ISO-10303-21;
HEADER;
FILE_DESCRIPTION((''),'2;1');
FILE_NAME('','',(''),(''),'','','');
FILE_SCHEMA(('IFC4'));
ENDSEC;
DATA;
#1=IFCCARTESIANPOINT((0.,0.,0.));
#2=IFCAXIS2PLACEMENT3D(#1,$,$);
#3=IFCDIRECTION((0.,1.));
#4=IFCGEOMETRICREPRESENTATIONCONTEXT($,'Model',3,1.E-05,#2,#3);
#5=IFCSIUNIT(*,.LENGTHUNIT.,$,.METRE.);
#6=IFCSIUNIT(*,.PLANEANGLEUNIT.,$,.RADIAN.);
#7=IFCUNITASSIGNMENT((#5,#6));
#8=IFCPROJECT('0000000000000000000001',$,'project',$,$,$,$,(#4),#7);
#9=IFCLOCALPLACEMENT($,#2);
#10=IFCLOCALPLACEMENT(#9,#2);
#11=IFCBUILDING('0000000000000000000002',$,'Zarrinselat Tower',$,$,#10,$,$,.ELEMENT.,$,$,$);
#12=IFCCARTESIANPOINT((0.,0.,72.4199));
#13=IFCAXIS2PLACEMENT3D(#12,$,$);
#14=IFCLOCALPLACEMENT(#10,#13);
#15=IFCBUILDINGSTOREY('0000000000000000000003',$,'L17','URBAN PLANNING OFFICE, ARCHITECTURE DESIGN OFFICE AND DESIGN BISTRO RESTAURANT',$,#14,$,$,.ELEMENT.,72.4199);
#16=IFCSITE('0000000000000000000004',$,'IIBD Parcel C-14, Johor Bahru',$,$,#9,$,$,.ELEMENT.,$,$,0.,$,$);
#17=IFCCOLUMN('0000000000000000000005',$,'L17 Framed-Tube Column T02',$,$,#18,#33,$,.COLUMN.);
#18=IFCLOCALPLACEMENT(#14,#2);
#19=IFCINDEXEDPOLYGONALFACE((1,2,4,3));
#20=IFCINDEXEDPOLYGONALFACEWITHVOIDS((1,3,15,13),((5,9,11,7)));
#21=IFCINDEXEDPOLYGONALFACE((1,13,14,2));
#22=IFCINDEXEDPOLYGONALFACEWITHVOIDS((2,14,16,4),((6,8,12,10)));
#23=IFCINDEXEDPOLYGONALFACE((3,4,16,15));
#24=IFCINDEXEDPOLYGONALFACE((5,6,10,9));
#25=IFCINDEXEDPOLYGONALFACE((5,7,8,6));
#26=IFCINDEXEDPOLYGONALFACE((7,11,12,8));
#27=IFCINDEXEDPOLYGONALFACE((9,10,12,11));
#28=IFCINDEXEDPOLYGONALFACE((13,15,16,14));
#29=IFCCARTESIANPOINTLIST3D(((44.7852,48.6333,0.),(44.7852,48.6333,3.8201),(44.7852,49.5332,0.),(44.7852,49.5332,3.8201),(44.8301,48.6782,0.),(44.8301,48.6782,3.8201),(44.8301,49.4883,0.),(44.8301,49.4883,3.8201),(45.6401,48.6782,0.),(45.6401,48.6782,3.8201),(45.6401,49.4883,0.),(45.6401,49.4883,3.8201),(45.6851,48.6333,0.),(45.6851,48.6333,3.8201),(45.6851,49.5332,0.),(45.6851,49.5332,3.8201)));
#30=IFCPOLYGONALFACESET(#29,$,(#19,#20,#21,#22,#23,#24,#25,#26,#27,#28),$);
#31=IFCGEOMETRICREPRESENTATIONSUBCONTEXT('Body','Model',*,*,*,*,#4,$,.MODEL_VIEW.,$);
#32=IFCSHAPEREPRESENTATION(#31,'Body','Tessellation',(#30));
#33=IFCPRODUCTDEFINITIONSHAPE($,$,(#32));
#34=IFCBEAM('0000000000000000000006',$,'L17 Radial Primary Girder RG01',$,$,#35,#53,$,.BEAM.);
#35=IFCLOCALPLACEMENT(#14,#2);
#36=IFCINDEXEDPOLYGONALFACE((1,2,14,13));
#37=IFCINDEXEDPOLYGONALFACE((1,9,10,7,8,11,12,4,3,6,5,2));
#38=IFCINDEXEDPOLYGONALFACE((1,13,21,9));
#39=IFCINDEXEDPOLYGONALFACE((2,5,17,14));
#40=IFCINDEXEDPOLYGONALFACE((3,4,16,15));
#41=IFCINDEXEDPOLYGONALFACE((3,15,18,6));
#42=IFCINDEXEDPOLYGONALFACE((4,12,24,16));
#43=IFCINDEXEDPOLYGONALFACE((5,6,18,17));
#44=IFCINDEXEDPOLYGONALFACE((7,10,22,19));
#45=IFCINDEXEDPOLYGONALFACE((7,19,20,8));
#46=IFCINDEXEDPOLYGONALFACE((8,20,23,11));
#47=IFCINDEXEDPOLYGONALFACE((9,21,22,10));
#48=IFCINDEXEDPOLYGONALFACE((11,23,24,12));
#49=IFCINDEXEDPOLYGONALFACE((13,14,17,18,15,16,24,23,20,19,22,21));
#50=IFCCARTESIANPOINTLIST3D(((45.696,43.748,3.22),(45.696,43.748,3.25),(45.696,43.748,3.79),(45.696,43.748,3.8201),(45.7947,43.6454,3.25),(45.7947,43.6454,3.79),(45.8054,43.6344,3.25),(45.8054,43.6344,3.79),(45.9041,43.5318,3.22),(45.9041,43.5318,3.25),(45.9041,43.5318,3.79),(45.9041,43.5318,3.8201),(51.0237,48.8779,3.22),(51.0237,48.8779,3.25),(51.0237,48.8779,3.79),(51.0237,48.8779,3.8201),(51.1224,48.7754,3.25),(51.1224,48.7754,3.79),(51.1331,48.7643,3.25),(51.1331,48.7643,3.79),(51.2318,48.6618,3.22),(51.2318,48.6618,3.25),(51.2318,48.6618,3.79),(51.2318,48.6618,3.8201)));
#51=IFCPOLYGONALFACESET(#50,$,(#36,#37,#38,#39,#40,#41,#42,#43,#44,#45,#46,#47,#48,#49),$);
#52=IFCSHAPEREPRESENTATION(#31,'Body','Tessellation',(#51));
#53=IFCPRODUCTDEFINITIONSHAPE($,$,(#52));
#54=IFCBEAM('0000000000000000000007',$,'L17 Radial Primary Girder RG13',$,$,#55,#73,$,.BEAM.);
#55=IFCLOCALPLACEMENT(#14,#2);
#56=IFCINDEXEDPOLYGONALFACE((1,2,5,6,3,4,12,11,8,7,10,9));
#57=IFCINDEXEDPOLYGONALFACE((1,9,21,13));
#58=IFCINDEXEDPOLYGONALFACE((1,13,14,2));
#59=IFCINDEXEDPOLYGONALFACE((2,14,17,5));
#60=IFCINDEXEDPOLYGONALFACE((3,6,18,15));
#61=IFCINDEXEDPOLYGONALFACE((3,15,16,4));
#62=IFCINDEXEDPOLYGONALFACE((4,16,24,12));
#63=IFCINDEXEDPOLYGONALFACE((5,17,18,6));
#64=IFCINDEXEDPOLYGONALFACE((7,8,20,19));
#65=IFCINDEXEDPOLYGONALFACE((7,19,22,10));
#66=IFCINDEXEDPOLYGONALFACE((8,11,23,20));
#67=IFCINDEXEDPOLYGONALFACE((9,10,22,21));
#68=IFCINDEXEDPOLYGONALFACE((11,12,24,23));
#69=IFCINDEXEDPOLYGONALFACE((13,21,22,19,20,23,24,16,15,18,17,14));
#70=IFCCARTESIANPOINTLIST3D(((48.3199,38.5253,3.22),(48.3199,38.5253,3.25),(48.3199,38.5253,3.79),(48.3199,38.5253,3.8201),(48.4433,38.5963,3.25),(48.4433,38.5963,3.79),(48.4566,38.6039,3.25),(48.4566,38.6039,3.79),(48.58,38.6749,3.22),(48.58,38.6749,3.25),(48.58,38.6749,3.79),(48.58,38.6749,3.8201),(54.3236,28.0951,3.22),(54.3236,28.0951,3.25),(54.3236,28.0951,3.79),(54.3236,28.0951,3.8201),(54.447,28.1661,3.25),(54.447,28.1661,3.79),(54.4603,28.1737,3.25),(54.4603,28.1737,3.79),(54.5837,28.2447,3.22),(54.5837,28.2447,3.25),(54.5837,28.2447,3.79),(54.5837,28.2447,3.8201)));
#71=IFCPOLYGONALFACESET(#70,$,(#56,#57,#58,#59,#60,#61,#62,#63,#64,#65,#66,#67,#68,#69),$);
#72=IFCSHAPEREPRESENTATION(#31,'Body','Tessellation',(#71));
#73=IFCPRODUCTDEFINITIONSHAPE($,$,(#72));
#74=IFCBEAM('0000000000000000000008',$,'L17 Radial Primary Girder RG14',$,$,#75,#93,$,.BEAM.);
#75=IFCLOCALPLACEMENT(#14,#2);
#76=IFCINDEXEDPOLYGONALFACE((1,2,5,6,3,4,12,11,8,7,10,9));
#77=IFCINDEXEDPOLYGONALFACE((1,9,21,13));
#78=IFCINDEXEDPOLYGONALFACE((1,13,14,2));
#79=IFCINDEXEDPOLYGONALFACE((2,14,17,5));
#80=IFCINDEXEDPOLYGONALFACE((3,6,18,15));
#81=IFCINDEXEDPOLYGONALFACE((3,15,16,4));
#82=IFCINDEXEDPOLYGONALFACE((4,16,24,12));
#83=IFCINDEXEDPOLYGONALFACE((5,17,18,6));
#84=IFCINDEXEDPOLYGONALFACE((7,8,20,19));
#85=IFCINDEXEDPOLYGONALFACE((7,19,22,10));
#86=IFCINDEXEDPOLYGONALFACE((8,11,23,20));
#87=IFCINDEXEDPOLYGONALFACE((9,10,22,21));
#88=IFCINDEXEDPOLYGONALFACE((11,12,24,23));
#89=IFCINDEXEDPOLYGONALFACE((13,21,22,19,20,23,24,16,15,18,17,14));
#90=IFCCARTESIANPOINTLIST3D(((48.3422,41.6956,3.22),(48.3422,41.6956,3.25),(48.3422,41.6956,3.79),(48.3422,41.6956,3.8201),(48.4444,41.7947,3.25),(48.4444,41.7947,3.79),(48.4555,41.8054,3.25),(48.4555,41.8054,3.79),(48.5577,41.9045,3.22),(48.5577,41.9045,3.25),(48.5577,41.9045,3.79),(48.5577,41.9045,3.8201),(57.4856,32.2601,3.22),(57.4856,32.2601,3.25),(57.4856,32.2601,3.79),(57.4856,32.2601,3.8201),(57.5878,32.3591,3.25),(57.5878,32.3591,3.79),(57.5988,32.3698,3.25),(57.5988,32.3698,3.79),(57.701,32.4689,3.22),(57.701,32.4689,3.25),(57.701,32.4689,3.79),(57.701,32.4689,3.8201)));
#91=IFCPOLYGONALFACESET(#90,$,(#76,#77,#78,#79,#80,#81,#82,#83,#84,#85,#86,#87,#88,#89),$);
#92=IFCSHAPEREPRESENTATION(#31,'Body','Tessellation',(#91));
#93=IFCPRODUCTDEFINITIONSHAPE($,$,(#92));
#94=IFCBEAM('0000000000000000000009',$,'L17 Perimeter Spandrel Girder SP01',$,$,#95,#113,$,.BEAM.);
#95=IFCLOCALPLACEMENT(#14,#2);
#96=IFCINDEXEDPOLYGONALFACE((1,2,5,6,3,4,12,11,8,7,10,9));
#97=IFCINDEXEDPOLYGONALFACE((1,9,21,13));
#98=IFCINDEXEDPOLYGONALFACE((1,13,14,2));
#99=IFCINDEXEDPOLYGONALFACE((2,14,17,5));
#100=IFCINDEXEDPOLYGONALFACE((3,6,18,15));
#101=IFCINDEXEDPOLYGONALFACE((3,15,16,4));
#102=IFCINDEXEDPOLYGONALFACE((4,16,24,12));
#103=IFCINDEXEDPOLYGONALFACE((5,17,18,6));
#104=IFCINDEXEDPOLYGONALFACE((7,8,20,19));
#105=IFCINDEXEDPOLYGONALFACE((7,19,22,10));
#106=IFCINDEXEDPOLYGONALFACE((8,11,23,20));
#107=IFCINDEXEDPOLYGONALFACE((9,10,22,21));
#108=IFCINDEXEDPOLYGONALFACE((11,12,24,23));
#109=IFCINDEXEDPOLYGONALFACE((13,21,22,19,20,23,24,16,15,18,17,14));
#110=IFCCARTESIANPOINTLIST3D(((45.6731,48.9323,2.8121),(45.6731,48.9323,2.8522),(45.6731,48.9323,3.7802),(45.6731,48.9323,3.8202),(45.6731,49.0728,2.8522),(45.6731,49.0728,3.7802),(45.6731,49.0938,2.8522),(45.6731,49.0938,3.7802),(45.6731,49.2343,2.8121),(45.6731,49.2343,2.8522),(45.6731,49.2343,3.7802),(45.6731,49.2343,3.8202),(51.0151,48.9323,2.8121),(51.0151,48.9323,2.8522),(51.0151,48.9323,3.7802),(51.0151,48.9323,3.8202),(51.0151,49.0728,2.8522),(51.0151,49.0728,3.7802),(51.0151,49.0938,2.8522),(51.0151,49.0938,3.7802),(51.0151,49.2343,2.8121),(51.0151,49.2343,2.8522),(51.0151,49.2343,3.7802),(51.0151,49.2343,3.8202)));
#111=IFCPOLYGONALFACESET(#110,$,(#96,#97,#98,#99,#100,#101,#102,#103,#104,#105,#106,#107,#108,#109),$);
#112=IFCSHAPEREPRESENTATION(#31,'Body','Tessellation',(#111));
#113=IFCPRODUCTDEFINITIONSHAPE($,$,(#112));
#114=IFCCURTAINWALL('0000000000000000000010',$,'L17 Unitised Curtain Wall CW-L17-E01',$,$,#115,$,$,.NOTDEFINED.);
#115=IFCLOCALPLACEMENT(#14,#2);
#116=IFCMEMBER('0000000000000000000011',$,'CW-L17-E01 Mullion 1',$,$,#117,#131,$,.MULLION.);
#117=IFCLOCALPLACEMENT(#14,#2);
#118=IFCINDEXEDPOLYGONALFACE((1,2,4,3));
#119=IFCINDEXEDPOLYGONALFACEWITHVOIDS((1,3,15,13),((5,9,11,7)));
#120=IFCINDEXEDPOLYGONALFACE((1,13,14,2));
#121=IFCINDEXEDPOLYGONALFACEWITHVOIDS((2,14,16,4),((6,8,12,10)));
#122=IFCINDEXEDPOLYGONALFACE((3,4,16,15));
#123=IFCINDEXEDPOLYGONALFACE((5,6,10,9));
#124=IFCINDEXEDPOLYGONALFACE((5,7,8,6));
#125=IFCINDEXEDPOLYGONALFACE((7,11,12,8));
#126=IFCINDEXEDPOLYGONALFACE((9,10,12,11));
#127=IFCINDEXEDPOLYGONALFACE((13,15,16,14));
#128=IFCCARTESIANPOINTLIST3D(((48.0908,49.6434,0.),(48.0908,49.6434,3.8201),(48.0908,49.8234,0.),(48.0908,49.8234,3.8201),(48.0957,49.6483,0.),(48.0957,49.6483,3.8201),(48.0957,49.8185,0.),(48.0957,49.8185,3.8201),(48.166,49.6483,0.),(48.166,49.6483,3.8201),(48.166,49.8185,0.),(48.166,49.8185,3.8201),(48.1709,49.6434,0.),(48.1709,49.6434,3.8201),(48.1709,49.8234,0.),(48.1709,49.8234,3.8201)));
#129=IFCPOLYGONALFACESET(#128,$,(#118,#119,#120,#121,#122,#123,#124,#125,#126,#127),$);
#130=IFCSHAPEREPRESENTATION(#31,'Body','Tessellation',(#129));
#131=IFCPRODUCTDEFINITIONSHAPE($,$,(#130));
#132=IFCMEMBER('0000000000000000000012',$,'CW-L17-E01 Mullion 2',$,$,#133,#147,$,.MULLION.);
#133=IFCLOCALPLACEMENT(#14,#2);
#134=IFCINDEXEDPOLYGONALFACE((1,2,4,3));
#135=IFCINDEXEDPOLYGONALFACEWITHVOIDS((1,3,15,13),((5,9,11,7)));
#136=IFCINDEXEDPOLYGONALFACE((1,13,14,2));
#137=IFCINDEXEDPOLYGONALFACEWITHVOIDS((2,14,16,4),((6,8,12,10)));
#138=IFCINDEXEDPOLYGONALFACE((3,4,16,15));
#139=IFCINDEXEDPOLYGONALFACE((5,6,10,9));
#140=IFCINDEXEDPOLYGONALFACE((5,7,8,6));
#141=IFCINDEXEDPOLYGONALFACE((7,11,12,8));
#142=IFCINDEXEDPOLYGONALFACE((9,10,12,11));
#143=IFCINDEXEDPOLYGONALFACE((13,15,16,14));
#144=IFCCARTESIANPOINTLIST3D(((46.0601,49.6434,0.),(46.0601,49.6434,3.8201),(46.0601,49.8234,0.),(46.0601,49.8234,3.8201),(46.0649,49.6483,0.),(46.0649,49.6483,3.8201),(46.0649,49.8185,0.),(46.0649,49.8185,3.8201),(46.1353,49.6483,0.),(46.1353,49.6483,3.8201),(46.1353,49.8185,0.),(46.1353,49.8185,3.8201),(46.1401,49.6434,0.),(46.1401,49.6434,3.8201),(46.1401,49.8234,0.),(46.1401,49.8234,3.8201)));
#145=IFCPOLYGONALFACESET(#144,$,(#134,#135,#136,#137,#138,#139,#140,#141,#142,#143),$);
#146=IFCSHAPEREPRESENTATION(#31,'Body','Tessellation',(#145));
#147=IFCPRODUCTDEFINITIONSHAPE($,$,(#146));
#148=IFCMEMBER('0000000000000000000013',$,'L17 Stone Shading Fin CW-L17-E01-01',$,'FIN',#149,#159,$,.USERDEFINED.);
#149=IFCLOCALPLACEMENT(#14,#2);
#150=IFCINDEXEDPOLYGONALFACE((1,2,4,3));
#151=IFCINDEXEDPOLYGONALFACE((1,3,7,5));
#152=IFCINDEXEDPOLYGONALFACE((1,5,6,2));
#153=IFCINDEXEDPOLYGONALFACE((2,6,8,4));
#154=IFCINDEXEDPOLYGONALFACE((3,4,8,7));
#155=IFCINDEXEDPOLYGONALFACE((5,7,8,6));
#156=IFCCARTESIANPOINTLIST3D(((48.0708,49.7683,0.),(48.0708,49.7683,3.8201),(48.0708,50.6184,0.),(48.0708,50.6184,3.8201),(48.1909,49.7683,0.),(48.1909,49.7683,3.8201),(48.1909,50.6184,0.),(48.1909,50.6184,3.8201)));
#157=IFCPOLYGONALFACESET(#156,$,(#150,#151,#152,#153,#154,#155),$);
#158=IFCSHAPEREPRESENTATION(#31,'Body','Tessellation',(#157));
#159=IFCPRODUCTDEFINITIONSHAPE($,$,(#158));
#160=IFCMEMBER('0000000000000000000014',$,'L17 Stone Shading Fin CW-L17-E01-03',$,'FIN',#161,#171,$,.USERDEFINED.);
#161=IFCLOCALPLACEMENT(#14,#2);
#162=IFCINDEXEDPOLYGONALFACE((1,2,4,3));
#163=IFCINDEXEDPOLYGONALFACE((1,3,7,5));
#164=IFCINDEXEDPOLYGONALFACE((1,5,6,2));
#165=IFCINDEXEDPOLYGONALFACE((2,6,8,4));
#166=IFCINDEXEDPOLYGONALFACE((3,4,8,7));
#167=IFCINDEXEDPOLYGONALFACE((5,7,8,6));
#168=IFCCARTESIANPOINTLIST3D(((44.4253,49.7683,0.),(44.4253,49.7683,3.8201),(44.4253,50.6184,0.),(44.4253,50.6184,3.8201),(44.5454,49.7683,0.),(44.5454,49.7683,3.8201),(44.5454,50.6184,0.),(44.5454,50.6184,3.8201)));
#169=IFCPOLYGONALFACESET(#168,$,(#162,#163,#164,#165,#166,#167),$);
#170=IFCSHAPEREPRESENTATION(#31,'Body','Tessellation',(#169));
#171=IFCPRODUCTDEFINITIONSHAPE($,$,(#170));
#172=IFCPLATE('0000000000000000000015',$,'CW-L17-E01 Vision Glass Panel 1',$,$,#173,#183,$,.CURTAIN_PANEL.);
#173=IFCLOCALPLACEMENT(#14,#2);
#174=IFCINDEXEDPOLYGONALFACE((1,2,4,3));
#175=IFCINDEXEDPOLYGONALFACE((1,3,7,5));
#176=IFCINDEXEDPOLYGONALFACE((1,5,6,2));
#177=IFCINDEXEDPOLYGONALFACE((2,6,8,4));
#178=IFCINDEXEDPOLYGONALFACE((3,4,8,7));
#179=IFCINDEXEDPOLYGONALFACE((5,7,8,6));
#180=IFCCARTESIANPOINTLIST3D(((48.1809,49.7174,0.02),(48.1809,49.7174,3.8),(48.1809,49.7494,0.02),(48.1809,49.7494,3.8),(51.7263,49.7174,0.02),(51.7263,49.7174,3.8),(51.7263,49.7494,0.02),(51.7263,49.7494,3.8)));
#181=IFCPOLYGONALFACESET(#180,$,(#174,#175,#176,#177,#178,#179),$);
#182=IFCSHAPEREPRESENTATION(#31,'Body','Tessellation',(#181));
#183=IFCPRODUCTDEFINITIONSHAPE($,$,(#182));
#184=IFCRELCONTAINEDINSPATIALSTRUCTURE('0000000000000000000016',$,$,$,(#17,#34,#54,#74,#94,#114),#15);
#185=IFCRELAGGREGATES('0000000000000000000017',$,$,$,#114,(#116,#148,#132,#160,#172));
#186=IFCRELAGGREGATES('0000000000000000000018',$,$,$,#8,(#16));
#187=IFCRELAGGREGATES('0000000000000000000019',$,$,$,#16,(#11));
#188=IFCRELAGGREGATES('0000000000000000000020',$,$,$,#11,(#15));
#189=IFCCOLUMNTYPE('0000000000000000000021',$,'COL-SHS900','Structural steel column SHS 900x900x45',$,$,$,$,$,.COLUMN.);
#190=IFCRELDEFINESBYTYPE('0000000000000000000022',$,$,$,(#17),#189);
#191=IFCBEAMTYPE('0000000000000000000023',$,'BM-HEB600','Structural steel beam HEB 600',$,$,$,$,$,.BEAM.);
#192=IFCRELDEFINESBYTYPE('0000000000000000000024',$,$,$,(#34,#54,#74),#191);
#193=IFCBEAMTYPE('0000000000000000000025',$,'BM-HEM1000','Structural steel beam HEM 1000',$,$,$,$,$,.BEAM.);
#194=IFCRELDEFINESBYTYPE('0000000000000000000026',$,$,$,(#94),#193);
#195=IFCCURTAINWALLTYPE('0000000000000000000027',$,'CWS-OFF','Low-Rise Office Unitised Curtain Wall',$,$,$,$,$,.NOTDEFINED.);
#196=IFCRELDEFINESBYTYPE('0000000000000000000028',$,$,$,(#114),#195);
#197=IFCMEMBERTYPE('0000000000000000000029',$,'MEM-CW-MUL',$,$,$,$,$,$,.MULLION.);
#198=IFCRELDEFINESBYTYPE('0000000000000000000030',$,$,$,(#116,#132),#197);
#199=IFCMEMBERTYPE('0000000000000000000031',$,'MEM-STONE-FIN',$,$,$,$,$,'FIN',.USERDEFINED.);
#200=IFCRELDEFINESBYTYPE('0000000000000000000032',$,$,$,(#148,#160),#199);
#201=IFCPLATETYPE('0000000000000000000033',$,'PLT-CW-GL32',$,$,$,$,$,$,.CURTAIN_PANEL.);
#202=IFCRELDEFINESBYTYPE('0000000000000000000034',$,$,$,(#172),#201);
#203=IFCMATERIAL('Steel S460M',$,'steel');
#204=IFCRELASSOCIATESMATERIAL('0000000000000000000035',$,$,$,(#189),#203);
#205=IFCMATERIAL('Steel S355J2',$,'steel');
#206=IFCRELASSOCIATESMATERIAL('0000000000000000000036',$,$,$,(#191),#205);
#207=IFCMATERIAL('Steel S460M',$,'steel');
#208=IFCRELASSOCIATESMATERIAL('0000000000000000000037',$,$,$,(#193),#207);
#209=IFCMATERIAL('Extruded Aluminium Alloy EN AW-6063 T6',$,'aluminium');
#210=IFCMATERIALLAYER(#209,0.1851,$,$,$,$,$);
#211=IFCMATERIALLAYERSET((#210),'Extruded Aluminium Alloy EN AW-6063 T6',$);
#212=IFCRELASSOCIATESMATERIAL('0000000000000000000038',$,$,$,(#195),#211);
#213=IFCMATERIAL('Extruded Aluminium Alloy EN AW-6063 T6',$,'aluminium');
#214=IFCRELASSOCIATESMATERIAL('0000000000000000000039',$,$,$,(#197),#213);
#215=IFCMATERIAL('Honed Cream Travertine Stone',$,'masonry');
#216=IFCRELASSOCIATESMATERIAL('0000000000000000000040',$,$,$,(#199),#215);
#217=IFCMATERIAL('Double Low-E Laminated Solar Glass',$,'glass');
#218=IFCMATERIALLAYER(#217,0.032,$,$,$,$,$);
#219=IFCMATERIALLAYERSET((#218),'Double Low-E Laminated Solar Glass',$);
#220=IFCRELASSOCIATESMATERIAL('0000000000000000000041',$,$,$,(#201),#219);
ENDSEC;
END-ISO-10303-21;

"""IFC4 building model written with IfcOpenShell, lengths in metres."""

from ifc_helpers import new_model, si_unit, direction, frame, origin, origin_2d, place, context, subcontext, project, spatial, rectangle, hollow_rectangle, i_section, extrude, material, layer, layer_set, material_profile, profile_set, type_object, element, aggregate, save


model = new_model("IFC4")

# Units and contexts
model_context = context("Model", 3, precision=1e-05, world=origin(), true_north=direction((0.0, 1.0)))
body_context = subcontext(model_context, "Body", "Model", "MODEL_VIEW")
ifc_project = project(units=[si_unit("LENGTHUNIT", "METRE"), si_unit("PLANEANGLEUNIT", "RADIAN")], contexts=[model_context])

# Site, building, storey
site_placement = place(None, origin())
site = spatial("IfcSite", under=ifc_project, at=site_placement, Name="IIBD Parcel C-14, Johor Bahru", CompositionType="ELEMENT", RefElevation=0.0)
building_placement = place(site_placement, origin())
building = spatial("IfcBuilding", under=site, at=building_placement, Name="Zarrinselat Tower", CompositionType="ELEMENT")
storey_placement = place(building_placement, frame((0.0, 0.0, 72.4199)))
storey = spatial("IfcBuildingStorey", under=building, at=storey_placement, Name="L17", Description="URBAN PLANNING OFFICE, ARCHITECTURE DESIGN OFFICE AND DESIGN BISTRO RESTAURANT", CompositionType="ELEMENT", Elevation=72.4199)

# Column
ifc_material_1 = material(Name="Steel S460M", Category="steel")
ifc_material_profile_1 = material_profile(ifc_material_1, hollow_rectangle(XDim=0.8999, YDim=0.8999, WallThickness=0.0449, at=origin_2d()), Name="SHS 900x900x45")
ifc_profile_set_1 = profile_set([ifc_material_profile_1], Name="Steel S460M")
column_type = type_object("IfcColumnType", Name="COL-SHS900", Description="Structural steel column SHS 900x900x45", PredefinedType="COLUMN", material=ifc_profile_set_1)
column_placement = place(storey_placement, frame((45.2351, 49.0833, 0.0), z_axis=(0.0, 0.0, 1.0), x_axis=(1.0, 0.0, 0.0)))
element("IfcColumn", 1, at=column_placement, inside=storey, type_object=column_type, Name="L17 Framed-Tube Column T02", PredefinedType="COLUMN", context=body_context, shape_type="SweptSolid", body=[
    extrude(hollow_rectangle(XDim=0.8999, YDim=0.8999, WallThickness=0.0449, at=origin_2d()), origin(), (0.0, 0.0, 1.0), 3.8201),
])

# Beams
ifc_material_2 = material(Name="Steel S355J2", Category="steel")
ifc_material_profile_2 = material_profile(ifc_material_2, i_section(OverallWidth=0.3, OverallDepth=0.6001, WebThickness=0.0154, FlangeThickness=0.03, at=origin_2d()), Name="HEB 600")
ifc_profile_set_2 = profile_set([ifc_material_profile_2], Name="Steel S355J2")
beam_type_1 = type_object("IfcBeamType", Name="BM-HEB600", Description="Structural steel beam HEB 600", PredefinedType="BEAM", material=ifc_profile_set_2)
beam_1_placement = place(storey_placement, frame((45.8, 43.6399, 3.52), z_axis=(0.72035, 0.693611, 0.0), x_axis=(-0.693611, 0.72035, 0.0)))
element("IfcBeam", 2, at=beam_1_placement, inside=storey, type_object=beam_type_1, Name="L17 Radial Primary Girder RG01", PredefinedType="BEAM", context=body_context, shape_type="SweptSolid", body=[
    extrude(i_section(OverallWidth=0.3, OverallDepth=0.6001, WebThickness=0.0154, FlangeThickness=0.03, at=origin_2d()), origin(), (0.0, 0.0, 1.0), 7.396),
])
beam_2_placement = place(storey_placement, frame((48.45, 38.6001, 3.52), z_axis=(0.498865, -0.86668, 0.0), x_axis=(0.86668, 0.498865, 0.0)))
element("IfcBeam", 3, at=beam_2_placement, inside=storey, type_object=beam_type_1, Name="L17 Radial Primary Girder RG13", PredefinedType="BEAM", context=body_context, shape_type="SweptSolid", body=[
    extrude(i_section(OverallWidth=0.3, OverallDepth=0.6001, WebThickness=0.0154, FlangeThickness=0.03, at=origin_2d()), origin(), (0.0, 0.0, 1.0), 12.0347),
])
beam_3_placement = place(storey_placement, frame((48.45, 41.8, 3.52), z_axis=(0.695898, -0.71814, 0.0), x_axis=(0.71814, 0.695898, 0.0)))
element("IfcBeam", 4, at=beam_3_placement, inside=storey, type_object=beam_type_1, Name="L17 Radial Primary Girder RG14", PredefinedType="BEAM", context=body_context, shape_type="SweptSolid", body=[
    extrude(i_section(OverallWidth=0.3, OverallDepth=0.6001, WebThickness=0.0154, FlangeThickness=0.03, at=origin_2d()), origin(), (0.0, 0.0, 1.0), 13.1389),
])
ifc_material_3 = material(Name="Steel S460M", Category="steel")
ifc_material_profile_3 = material_profile(ifc_material_3, i_section(OverallWidth=0.302, OverallDepth=1.0081, WebThickness=0.021, FlangeThickness=0.04, at=origin_2d()), Name="HEM 1000")
ifc_profile_set_3 = profile_set([ifc_material_profile_3], Name="Steel S460M")
beam_type_2 = type_object("IfcBeamType", Name="BM-HEM1000", Description="Structural steel beam HEM 1000", PredefinedType="BEAM", material=ifc_profile_set_3)
beam_4_placement = place(storey_placement, frame((45.6731, 49.0833, 3.3162), z_axis=(1.0, 0.0, 0.0), x_axis=(0.0, 1.0, 0.0)))
element("IfcBeam", 5, at=beam_4_placement, inside=storey, type_object=beam_type_2, Name="L17 Perimeter Spandrel Girder SP01", PredefinedType="BEAM", context=body_context, shape_type="SweptSolid", body=[
    extrude(i_section(OverallWidth=0.302, OverallDepth=1.0081, WebThickness=0.021, FlangeThickness=0.04, at=origin_2d()), origin(), (0.0, 0.0, 1.0), 5.342),
])

# Curtain wall, members, plate
ifc_material_4 = material(Name="Extruded Aluminium Alloy EN AW-6063 T6", Category="aluminium")
ifc_layer_1 = layer(ifc_material_4, 0.1851)
ifc_layer_set_1 = layer_set([ifc_layer_1], Name="Extruded Aluminium Alloy EN AW-6063 T6")
curtain_wall_type = type_object("IfcCurtainWallType", Name="CWS-OFF", Description="Low-Rise Office Unitised Curtain Wall", PredefinedType="NOTDEFINED", material=ifc_layer_set_1)
curtain_wall_placement = place(storey_placement, origin())
curtain_wall = element("IfcCurtainWall", 6, at=curtain_wall_placement, inside=storey, type_object=curtain_wall_type, Name="L17 Unitised Curtain Wall CW-L17-E01", PredefinedType="NOTDEFINED")
ifc_material_5 = material(Name="Extruded Aluminium Alloy EN AW-6063 T6", Category="aluminium")
ifc_material_profile_4 = material_profile(ifc_material_5, hollow_rectangle(XDim=0.0801, YDim=0.1799, WallThickness=0.0049, at=origin_2d()), Name="RHS 180x80x5")
ifc_profile_set_4 = profile_set([ifc_material_profile_4], Name="Extruded Aluminium Alloy EN AW-6063 T6")
member_type_1 = type_object("IfcMemberType", Name="MEM-CW-MUL", PredefinedType="MULLION", material=ifc_profile_set_4)
member_1_placement = place(storey_placement, frame((48.1309, 49.7334, 0.0), z_axis=(0.0, 0.0, 1.0), x_axis=(-1.0, 0.0, 0.0)))
member_1 = element("IfcMember", 7, at=member_1_placement, type_object=member_type_1, Name="CW-L17-E01 Mullion 1", PredefinedType="MULLION", context=body_context, shape_type="SweptSolid", body=[
    extrude(hollow_rectangle(XDim=0.0801, YDim=0.1799, WallThickness=0.0049, at=origin_2d()), origin(), (0.0, 0.0, 1.0), 3.8201),
])
member_2_placement = place(storey_placement, frame((46.1001, 49.7334, 0.0), z_axis=(0.0, 0.0, 1.0), x_axis=(-1.0, 0.0, 0.0)))
member_2 = element("IfcMember", 8, at=member_2_placement, type_object=member_type_1, Name="CW-L17-E01 Mullion 2", PredefinedType="MULLION", context=body_context, shape_type="SweptSolid", body=[
    extrude(hollow_rectangle(XDim=0.0801, YDim=0.1799, WallThickness=0.0049, at=origin_2d()), origin(), (0.0, 0.0, 1.0), 3.8201),
])
ifc_material_6 = material(Name="Honed Cream Travertine Stone", Category="masonry")
ifc_material_profile_5 = material_profile(ifc_material_6, rectangle(XDim=0.1201, YDim=0.8501, at=origin_2d()), Name="FIN 850x120")
ifc_profile_set_5 = profile_set([ifc_material_profile_5], Name="Honed Cream Travertine Stone")
member_type_2 = type_object("IfcMemberType", Name="MEM-STONE-FIN", ElementType="FIN", PredefinedType="USERDEFINED", material=ifc_profile_set_5)
member_3_placement = place(storey_placement, frame((48.1309, 50.1934, 0.0), z_axis=(0.0, 0.0, 1.0), x_axis=(1.0, 0.0, 0.0)))
member_3 = element("IfcMember", 9, at=member_3_placement, type_object=member_type_2, Name="L17 Stone Shading Fin CW-L17-E01-01", ObjectType="FIN", PredefinedType="USERDEFINED", context=body_context, shape_type="SweptSolid", body=[
    extrude(rectangle(XDim=0.1201, YDim=0.8501, at=origin_2d()), origin(), (0.0, 0.0, 1.0), 3.8201),
])
member_4_placement = place(storey_placement, frame((44.4854, 50.1934, 0.0), z_axis=(0.0, 0.0, 1.0), x_axis=(1.0, 0.0, 0.0)))
member_4 = element("IfcMember", 10, at=member_4_placement, type_object=member_type_2, Name="L17 Stone Shading Fin CW-L17-E01-03", ObjectType="FIN", PredefinedType="USERDEFINED", context=body_context, shape_type="SweptSolid", body=[
    extrude(rectangle(XDim=0.1201, YDim=0.8501, at=origin_2d()), origin(), (0.0, 0.0, 1.0), 3.8201),
])
ifc_material_7 = material(Name="Double Low-E Laminated Solar Glass", Category="glass")
ifc_layer_2 = layer(ifc_material_7, 0.032)
ifc_layer_set_2 = layer_set([ifc_layer_2], Name="Double Low-E Laminated Solar Glass")
plate_type = type_object("IfcPlateType", Name="PLT-CW-GL32", PredefinedType="CURTAIN_PANEL", material=ifc_layer_set_2)
plate_1_placement = place(storey_placement, frame((49.9536, 49.7334, 0.02), z_axis=(0.0, 0.0, 1.0), x_axis=(-1.0, 0.0, 0.0)))
plate_1 = element("IfcPlate", 11, at=plate_1_placement, type_object=plate_type, Name="CW-L17-E01 Vision Glass Panel 1", PredefinedType="CURTAIN_PANEL", context=body_context, shape_type="SweptSolid", body=[
    extrude(rectangle(XDim=3.5454, YDim=0.032, at=origin_2d()), origin(), (0.0, 0.0, 1.0), 3.78),
])
aggregate(curtain_wall, [member_1, member_3, member_2, member_4, plate_1])

save(model, "model.ifc")
